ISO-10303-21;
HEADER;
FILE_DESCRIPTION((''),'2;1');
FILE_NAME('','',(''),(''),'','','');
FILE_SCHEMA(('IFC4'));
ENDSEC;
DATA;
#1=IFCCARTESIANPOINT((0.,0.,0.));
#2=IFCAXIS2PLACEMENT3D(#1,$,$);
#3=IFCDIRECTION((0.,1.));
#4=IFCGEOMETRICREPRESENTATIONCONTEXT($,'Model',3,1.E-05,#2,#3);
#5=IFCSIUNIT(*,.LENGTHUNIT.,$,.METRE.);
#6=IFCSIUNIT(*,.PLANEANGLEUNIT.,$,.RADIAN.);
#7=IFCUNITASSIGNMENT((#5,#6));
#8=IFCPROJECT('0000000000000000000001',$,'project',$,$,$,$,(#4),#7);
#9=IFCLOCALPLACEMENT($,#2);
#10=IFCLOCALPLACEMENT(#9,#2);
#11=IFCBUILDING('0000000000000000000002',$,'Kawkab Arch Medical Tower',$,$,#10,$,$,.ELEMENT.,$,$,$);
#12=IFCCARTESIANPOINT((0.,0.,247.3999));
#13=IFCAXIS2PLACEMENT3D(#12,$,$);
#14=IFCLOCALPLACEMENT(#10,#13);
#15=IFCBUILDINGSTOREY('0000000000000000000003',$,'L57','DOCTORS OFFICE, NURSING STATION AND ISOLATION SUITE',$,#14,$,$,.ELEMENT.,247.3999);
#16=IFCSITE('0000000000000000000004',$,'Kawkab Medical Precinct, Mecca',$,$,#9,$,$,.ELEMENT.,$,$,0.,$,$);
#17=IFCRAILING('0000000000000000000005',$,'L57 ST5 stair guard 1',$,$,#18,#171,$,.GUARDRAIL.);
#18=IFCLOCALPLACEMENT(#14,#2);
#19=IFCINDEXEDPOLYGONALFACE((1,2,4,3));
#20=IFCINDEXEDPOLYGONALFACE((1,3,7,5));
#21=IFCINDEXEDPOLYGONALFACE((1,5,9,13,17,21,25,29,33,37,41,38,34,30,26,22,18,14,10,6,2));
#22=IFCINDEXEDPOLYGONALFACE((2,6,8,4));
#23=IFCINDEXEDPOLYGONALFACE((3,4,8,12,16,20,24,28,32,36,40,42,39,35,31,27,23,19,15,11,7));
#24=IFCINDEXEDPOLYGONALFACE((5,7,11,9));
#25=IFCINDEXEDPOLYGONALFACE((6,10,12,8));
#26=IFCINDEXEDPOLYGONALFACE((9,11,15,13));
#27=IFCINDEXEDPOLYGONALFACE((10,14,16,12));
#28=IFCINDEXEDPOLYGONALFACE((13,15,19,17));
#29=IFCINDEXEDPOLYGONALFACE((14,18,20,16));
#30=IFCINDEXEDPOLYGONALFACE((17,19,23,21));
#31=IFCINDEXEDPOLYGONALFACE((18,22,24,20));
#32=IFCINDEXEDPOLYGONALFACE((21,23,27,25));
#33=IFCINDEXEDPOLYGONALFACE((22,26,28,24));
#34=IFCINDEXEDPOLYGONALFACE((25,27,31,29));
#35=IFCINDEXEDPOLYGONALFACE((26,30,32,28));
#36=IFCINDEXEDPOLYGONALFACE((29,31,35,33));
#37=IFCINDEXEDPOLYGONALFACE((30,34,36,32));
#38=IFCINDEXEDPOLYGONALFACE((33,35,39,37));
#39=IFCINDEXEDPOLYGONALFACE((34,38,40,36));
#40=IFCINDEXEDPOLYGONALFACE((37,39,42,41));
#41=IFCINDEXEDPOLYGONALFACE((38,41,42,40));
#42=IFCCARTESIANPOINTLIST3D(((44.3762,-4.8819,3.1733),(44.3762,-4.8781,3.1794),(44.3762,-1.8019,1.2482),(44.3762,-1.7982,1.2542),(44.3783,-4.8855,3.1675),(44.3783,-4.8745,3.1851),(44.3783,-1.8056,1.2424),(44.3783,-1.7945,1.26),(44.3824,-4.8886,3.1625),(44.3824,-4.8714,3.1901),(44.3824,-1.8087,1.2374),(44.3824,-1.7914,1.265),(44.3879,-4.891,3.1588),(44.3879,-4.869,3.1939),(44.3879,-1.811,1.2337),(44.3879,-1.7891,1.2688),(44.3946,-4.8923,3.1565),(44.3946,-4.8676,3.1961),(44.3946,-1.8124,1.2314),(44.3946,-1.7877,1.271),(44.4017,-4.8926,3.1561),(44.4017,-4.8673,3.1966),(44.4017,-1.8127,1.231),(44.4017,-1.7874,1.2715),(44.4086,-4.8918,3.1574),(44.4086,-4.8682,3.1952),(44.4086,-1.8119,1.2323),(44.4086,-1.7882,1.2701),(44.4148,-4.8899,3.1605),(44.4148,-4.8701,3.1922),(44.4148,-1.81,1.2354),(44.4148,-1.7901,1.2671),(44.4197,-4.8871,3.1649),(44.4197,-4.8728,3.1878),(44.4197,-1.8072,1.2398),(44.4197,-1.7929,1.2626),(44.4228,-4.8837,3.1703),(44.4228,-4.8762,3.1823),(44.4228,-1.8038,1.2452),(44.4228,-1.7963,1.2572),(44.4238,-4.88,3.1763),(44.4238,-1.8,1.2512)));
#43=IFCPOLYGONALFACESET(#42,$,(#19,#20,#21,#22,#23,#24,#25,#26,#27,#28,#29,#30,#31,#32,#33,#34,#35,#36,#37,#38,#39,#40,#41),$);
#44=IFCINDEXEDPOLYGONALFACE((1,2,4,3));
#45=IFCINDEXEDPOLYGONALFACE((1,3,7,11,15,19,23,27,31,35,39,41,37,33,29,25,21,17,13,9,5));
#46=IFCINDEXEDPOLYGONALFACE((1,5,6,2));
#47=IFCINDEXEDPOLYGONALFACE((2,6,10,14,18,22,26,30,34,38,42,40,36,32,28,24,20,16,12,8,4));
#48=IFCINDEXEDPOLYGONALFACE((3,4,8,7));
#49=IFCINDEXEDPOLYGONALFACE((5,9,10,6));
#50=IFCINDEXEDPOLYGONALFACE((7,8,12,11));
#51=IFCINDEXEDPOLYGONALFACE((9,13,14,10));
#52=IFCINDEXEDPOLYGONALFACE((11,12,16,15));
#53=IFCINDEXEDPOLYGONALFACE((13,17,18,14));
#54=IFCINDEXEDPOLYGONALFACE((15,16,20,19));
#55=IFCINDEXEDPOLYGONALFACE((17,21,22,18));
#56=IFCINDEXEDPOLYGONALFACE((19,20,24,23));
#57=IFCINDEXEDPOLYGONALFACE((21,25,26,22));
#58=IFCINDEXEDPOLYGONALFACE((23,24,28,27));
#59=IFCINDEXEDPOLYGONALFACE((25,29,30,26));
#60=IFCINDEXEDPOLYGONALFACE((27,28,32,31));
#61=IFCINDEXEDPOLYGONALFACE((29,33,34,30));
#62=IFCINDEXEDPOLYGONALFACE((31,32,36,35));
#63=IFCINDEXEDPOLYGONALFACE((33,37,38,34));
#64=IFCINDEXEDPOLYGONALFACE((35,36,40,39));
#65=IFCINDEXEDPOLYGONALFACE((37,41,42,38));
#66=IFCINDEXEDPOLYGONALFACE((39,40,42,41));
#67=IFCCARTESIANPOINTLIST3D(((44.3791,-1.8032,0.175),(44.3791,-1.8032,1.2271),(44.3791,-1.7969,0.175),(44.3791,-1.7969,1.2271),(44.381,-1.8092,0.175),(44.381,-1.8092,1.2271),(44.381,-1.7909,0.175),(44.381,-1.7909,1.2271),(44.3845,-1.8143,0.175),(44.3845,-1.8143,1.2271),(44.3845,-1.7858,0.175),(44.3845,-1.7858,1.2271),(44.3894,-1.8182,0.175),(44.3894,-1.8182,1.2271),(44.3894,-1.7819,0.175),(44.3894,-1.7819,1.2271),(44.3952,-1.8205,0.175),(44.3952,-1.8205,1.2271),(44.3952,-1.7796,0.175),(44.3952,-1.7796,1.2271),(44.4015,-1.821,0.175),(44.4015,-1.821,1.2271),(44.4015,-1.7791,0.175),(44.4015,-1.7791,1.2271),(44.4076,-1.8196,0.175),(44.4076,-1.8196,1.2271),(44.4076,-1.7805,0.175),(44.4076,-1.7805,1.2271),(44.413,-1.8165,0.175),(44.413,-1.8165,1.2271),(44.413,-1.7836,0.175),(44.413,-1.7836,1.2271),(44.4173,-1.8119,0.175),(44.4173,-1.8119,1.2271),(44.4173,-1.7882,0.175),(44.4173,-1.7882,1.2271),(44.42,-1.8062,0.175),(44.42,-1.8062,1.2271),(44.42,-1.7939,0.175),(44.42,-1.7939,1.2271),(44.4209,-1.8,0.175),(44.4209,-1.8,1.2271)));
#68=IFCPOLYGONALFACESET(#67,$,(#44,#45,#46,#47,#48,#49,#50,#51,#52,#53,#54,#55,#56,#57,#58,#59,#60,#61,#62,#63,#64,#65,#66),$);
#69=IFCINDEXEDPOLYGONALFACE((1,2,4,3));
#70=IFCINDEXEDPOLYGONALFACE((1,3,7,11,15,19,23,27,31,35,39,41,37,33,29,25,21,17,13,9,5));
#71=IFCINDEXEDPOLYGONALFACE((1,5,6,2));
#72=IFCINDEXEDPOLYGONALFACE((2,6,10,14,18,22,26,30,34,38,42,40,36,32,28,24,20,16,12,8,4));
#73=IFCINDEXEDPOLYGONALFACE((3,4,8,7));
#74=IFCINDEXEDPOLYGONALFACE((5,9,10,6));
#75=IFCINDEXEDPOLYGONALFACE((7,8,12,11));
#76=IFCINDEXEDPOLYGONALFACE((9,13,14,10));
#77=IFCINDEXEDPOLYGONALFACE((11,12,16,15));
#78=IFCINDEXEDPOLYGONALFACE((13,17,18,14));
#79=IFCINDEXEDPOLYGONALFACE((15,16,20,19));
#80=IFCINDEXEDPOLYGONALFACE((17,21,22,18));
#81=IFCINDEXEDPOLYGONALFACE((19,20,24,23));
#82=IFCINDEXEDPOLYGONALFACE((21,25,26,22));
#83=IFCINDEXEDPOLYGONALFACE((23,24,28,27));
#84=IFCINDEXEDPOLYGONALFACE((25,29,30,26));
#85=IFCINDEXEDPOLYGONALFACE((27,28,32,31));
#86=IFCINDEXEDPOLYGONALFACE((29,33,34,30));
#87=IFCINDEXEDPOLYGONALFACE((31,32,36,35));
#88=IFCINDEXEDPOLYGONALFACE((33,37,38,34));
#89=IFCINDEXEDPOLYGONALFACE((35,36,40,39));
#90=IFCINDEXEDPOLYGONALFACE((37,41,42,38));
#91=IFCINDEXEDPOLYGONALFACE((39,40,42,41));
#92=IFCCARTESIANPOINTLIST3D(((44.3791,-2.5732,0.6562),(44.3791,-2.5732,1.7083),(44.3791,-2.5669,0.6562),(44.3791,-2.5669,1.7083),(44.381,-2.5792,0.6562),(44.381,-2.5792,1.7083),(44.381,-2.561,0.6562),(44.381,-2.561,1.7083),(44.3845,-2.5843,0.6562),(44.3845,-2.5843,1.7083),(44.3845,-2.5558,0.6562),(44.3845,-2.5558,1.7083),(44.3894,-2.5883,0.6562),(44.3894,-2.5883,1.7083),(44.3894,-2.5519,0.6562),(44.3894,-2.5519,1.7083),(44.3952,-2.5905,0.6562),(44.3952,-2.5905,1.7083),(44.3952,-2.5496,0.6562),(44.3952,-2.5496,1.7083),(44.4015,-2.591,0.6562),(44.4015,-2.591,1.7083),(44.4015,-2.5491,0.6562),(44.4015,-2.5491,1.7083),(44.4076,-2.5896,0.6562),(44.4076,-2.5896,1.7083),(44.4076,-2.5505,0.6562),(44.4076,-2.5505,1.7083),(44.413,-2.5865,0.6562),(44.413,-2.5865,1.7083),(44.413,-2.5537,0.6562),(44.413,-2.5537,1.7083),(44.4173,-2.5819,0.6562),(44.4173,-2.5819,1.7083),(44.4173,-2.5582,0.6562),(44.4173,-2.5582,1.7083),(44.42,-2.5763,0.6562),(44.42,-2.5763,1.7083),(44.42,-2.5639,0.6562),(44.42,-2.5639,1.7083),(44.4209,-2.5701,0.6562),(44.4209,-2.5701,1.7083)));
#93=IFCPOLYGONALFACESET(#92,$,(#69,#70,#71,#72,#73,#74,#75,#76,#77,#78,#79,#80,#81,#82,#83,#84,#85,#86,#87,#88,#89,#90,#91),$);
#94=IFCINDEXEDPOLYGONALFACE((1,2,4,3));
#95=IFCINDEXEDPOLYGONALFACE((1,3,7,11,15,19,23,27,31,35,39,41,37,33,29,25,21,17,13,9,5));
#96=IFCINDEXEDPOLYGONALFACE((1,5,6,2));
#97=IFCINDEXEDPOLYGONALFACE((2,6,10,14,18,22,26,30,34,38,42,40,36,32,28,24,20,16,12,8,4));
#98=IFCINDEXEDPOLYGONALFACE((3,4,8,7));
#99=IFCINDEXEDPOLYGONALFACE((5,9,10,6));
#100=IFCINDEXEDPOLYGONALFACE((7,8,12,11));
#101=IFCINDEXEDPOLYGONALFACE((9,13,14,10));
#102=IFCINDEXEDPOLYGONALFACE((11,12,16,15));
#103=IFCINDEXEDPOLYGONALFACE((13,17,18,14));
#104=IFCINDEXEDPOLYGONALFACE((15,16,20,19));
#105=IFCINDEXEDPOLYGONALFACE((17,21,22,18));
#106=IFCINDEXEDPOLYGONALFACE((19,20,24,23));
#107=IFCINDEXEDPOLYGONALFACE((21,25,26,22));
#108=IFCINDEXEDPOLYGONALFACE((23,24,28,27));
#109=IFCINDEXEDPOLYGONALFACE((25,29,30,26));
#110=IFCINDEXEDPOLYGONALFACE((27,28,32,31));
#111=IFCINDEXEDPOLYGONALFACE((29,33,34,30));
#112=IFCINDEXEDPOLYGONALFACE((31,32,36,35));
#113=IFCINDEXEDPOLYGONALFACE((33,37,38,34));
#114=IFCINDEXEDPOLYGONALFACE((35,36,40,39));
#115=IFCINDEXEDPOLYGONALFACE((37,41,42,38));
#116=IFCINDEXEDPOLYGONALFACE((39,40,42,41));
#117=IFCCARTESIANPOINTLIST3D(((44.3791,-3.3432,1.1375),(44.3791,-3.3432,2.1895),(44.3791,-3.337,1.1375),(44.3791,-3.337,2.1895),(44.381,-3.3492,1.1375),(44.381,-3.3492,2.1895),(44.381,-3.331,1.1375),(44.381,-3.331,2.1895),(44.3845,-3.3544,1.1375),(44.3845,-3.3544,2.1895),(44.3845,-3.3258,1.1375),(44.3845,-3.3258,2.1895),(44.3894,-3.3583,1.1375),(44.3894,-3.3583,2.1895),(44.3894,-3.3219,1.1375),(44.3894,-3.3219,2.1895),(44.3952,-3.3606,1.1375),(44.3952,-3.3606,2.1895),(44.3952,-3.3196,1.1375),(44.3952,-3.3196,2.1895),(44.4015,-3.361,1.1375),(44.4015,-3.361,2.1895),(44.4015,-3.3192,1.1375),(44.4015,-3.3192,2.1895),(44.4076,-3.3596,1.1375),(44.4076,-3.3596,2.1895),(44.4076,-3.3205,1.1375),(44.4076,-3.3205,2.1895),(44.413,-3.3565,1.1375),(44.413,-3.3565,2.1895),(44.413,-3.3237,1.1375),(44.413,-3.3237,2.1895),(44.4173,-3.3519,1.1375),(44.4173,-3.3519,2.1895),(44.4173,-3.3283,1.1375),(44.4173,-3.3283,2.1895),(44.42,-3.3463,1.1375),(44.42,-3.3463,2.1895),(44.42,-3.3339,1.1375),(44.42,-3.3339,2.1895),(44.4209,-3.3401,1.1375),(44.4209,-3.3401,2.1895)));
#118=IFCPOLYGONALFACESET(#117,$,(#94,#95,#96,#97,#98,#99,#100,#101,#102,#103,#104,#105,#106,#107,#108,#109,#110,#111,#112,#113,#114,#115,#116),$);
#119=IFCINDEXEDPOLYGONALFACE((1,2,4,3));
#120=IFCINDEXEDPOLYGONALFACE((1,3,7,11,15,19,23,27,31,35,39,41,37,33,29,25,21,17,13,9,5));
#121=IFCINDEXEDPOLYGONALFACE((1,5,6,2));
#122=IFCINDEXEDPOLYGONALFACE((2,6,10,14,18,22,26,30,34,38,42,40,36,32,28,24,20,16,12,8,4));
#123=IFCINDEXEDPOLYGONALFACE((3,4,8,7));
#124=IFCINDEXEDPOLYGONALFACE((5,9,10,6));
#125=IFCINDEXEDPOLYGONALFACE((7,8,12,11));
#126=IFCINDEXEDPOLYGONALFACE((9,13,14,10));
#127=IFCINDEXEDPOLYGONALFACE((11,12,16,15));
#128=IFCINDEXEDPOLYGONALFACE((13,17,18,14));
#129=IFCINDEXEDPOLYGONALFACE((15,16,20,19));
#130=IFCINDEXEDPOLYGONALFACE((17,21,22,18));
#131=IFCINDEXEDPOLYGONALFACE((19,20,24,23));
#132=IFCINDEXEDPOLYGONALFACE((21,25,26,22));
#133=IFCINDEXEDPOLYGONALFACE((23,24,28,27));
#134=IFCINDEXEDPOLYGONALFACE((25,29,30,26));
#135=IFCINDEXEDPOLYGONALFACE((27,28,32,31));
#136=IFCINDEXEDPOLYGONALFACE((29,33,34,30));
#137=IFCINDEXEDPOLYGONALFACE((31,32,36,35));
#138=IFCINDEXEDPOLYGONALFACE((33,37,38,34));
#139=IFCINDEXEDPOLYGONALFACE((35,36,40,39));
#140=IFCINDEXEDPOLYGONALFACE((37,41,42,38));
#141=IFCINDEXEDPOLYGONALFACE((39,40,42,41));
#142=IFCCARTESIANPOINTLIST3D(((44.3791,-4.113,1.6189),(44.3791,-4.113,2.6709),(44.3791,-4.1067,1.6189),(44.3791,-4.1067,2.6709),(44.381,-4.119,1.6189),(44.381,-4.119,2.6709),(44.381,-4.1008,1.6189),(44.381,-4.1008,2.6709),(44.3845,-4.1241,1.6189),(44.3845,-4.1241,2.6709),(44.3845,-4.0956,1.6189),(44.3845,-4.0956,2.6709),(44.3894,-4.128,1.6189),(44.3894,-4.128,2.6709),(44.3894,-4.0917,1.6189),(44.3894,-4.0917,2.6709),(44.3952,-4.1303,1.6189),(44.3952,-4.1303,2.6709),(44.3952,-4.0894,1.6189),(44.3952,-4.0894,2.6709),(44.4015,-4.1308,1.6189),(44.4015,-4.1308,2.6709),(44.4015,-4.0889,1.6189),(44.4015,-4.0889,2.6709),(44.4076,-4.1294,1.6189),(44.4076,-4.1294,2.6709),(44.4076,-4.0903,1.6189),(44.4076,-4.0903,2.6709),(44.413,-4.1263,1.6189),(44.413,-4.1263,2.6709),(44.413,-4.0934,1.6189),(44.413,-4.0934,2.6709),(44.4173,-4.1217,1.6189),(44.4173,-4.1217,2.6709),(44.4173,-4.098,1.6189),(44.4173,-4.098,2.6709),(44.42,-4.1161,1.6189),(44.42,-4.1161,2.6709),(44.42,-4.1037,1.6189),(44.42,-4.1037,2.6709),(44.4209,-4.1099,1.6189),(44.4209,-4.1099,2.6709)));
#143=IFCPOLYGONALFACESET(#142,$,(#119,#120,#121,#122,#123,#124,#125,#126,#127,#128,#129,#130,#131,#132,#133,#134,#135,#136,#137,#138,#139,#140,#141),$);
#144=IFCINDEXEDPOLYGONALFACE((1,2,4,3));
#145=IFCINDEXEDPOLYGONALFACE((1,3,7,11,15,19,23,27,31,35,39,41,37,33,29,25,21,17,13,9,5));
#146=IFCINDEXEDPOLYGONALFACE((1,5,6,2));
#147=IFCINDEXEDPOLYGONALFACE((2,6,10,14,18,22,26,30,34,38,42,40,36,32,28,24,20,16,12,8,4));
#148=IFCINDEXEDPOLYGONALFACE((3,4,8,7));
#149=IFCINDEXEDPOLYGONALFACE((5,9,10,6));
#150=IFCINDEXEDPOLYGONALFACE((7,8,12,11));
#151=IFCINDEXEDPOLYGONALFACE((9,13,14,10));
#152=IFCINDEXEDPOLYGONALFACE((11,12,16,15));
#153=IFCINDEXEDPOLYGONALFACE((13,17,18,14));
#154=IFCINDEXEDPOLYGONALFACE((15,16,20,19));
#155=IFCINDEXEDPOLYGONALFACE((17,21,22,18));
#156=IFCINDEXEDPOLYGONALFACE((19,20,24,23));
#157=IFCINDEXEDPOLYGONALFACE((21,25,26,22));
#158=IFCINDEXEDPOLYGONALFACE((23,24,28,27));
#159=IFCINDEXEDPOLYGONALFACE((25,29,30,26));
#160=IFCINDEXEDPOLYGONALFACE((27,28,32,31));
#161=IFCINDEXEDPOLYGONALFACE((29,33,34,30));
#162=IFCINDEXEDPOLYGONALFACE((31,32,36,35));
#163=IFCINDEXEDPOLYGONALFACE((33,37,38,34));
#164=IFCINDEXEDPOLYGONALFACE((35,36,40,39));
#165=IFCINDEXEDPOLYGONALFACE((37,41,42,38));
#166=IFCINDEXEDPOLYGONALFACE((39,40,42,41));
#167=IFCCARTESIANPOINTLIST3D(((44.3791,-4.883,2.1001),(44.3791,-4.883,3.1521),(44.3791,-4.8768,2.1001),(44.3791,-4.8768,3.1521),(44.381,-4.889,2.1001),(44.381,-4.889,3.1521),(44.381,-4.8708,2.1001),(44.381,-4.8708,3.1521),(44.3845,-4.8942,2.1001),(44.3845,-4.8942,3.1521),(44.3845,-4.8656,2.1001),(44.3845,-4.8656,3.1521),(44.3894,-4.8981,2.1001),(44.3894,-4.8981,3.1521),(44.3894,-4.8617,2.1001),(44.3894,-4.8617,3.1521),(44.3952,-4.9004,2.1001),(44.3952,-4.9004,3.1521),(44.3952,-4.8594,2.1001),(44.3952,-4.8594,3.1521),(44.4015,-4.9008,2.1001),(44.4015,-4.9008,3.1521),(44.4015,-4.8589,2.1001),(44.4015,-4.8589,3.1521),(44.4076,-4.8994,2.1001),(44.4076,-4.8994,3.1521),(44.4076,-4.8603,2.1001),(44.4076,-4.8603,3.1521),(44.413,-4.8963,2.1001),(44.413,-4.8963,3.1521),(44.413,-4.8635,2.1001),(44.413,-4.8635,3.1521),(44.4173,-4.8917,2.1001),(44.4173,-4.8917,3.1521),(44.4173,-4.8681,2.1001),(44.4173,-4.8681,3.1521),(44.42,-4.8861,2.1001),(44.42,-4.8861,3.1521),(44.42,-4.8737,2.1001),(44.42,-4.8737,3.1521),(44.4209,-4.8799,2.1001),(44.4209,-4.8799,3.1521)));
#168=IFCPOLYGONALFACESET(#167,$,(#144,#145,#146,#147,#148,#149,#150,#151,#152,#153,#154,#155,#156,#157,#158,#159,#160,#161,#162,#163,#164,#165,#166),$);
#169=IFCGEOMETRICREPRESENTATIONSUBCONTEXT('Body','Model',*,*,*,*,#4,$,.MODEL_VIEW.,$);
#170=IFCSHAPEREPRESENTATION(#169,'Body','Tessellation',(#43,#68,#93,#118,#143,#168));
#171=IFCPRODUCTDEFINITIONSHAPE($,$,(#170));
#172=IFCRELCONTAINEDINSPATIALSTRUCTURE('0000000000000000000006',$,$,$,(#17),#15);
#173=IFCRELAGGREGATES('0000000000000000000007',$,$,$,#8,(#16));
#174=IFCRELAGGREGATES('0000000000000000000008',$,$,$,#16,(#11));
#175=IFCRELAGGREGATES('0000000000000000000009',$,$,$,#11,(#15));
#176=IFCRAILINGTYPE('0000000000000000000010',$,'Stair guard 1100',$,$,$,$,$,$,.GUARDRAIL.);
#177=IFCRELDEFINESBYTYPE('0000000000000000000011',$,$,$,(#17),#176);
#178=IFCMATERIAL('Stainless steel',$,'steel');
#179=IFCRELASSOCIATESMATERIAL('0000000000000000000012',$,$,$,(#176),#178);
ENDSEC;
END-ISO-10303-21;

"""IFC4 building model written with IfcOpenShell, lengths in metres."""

from ifc_helpers import new_model, si_unit, direction, frame, origin, origin_2d, place, context, subcontext, project, spatial, circle, extrude, material, type_object, element, save


model = new_model("IFC4")

# Units and contexts
model_context = context("Model", 3, precision=1e-05, world=origin(), true_north=direction((0.0, 1.0)))
body_context = subcontext(model_context, "Body", "Model", "MODEL_VIEW")
ifc_project = project(units=[si_unit("LENGTHUNIT", "METRE"), si_unit("PLANEANGLEUNIT", "RADIAN")], contexts=[model_context])

# Site, building, storey
site_placement = place(None, origin())
site = spatial("IfcSite", under=ifc_project, at=site_placement, Name="Kawkab Medical Precinct, Mecca", CompositionType="ELEMENT", RefElevation=0.0)
building_placement = place(site_placement, origin())
building = spatial("IfcBuilding", under=site, at=building_placement, Name="Kawkab Arch Medical Tower", CompositionType="ELEMENT")
storey_placement = place(building_placement, frame((0.0, 0.0, 247.3999)))
storey = spatial("IfcBuildingStorey", under=building, at=storey_placement, Name="L57", Description="DOCTORS OFFICE, NURSING STATION AND ISOLATION SUITE", CompositionType="ELEMENT", Elevation=247.3999)

# Railing
ifc_material_1 = material(Name="Stainless steel", Category="steel")
railing_type_1 = type_object("IfcRailingType", Name="Stair guard 1100", PredefinedType="GUARDRAIL", material=ifc_material_1)
railing_1_placement = place(storey_placement, frame((44.3999, -1.8, 0.175)))
element("IfcRailing", 1, at=railing_1_placement, inside=storey, type_object=railing_type_1, Name="L57 ST5 stair guard 1", PredefinedType="GUARDRAIL", context=body_context, shape_type="SweptSolid", body=[
    extrude(circle(Radius=0.0239, at=origin_2d()), frame((0.0, 0.0, 1.0762), z_axis=(0.0, -0.847979, 0.530029), x_axis=(1.0, 0.0, 0.0)), (0.0, 0.0, 1.0), 3.6321),
    extrude(circle(Radius=0.021, at=origin_2d()), origin(), (0.0, 0.0, 1.0), 1.052),
    extrude(circle(Radius=0.021, at=origin_2d()), frame((0.0, -0.77, 0.4812)), (0.0, 0.0, 1.0), 1.052),
    extrude(circle(Radius=0.021, at=origin_2d()), frame((0.0, -1.54, 0.9624)), (0.0, 0.0, 1.0), 1.052),
    extrude(circle(Radius=0.021, at=origin_2d()), frame((0.0, -2.3098, 1.4438)), (0.0, 0.0, 1.0), 1.052),
    extrude(circle(Radius=0.021, at=origin_2d()), frame((0.0, -3.0798, 1.925)), (0.0, 0.0, 1.0), 1.052),
])

save(model, "model.ifc")
